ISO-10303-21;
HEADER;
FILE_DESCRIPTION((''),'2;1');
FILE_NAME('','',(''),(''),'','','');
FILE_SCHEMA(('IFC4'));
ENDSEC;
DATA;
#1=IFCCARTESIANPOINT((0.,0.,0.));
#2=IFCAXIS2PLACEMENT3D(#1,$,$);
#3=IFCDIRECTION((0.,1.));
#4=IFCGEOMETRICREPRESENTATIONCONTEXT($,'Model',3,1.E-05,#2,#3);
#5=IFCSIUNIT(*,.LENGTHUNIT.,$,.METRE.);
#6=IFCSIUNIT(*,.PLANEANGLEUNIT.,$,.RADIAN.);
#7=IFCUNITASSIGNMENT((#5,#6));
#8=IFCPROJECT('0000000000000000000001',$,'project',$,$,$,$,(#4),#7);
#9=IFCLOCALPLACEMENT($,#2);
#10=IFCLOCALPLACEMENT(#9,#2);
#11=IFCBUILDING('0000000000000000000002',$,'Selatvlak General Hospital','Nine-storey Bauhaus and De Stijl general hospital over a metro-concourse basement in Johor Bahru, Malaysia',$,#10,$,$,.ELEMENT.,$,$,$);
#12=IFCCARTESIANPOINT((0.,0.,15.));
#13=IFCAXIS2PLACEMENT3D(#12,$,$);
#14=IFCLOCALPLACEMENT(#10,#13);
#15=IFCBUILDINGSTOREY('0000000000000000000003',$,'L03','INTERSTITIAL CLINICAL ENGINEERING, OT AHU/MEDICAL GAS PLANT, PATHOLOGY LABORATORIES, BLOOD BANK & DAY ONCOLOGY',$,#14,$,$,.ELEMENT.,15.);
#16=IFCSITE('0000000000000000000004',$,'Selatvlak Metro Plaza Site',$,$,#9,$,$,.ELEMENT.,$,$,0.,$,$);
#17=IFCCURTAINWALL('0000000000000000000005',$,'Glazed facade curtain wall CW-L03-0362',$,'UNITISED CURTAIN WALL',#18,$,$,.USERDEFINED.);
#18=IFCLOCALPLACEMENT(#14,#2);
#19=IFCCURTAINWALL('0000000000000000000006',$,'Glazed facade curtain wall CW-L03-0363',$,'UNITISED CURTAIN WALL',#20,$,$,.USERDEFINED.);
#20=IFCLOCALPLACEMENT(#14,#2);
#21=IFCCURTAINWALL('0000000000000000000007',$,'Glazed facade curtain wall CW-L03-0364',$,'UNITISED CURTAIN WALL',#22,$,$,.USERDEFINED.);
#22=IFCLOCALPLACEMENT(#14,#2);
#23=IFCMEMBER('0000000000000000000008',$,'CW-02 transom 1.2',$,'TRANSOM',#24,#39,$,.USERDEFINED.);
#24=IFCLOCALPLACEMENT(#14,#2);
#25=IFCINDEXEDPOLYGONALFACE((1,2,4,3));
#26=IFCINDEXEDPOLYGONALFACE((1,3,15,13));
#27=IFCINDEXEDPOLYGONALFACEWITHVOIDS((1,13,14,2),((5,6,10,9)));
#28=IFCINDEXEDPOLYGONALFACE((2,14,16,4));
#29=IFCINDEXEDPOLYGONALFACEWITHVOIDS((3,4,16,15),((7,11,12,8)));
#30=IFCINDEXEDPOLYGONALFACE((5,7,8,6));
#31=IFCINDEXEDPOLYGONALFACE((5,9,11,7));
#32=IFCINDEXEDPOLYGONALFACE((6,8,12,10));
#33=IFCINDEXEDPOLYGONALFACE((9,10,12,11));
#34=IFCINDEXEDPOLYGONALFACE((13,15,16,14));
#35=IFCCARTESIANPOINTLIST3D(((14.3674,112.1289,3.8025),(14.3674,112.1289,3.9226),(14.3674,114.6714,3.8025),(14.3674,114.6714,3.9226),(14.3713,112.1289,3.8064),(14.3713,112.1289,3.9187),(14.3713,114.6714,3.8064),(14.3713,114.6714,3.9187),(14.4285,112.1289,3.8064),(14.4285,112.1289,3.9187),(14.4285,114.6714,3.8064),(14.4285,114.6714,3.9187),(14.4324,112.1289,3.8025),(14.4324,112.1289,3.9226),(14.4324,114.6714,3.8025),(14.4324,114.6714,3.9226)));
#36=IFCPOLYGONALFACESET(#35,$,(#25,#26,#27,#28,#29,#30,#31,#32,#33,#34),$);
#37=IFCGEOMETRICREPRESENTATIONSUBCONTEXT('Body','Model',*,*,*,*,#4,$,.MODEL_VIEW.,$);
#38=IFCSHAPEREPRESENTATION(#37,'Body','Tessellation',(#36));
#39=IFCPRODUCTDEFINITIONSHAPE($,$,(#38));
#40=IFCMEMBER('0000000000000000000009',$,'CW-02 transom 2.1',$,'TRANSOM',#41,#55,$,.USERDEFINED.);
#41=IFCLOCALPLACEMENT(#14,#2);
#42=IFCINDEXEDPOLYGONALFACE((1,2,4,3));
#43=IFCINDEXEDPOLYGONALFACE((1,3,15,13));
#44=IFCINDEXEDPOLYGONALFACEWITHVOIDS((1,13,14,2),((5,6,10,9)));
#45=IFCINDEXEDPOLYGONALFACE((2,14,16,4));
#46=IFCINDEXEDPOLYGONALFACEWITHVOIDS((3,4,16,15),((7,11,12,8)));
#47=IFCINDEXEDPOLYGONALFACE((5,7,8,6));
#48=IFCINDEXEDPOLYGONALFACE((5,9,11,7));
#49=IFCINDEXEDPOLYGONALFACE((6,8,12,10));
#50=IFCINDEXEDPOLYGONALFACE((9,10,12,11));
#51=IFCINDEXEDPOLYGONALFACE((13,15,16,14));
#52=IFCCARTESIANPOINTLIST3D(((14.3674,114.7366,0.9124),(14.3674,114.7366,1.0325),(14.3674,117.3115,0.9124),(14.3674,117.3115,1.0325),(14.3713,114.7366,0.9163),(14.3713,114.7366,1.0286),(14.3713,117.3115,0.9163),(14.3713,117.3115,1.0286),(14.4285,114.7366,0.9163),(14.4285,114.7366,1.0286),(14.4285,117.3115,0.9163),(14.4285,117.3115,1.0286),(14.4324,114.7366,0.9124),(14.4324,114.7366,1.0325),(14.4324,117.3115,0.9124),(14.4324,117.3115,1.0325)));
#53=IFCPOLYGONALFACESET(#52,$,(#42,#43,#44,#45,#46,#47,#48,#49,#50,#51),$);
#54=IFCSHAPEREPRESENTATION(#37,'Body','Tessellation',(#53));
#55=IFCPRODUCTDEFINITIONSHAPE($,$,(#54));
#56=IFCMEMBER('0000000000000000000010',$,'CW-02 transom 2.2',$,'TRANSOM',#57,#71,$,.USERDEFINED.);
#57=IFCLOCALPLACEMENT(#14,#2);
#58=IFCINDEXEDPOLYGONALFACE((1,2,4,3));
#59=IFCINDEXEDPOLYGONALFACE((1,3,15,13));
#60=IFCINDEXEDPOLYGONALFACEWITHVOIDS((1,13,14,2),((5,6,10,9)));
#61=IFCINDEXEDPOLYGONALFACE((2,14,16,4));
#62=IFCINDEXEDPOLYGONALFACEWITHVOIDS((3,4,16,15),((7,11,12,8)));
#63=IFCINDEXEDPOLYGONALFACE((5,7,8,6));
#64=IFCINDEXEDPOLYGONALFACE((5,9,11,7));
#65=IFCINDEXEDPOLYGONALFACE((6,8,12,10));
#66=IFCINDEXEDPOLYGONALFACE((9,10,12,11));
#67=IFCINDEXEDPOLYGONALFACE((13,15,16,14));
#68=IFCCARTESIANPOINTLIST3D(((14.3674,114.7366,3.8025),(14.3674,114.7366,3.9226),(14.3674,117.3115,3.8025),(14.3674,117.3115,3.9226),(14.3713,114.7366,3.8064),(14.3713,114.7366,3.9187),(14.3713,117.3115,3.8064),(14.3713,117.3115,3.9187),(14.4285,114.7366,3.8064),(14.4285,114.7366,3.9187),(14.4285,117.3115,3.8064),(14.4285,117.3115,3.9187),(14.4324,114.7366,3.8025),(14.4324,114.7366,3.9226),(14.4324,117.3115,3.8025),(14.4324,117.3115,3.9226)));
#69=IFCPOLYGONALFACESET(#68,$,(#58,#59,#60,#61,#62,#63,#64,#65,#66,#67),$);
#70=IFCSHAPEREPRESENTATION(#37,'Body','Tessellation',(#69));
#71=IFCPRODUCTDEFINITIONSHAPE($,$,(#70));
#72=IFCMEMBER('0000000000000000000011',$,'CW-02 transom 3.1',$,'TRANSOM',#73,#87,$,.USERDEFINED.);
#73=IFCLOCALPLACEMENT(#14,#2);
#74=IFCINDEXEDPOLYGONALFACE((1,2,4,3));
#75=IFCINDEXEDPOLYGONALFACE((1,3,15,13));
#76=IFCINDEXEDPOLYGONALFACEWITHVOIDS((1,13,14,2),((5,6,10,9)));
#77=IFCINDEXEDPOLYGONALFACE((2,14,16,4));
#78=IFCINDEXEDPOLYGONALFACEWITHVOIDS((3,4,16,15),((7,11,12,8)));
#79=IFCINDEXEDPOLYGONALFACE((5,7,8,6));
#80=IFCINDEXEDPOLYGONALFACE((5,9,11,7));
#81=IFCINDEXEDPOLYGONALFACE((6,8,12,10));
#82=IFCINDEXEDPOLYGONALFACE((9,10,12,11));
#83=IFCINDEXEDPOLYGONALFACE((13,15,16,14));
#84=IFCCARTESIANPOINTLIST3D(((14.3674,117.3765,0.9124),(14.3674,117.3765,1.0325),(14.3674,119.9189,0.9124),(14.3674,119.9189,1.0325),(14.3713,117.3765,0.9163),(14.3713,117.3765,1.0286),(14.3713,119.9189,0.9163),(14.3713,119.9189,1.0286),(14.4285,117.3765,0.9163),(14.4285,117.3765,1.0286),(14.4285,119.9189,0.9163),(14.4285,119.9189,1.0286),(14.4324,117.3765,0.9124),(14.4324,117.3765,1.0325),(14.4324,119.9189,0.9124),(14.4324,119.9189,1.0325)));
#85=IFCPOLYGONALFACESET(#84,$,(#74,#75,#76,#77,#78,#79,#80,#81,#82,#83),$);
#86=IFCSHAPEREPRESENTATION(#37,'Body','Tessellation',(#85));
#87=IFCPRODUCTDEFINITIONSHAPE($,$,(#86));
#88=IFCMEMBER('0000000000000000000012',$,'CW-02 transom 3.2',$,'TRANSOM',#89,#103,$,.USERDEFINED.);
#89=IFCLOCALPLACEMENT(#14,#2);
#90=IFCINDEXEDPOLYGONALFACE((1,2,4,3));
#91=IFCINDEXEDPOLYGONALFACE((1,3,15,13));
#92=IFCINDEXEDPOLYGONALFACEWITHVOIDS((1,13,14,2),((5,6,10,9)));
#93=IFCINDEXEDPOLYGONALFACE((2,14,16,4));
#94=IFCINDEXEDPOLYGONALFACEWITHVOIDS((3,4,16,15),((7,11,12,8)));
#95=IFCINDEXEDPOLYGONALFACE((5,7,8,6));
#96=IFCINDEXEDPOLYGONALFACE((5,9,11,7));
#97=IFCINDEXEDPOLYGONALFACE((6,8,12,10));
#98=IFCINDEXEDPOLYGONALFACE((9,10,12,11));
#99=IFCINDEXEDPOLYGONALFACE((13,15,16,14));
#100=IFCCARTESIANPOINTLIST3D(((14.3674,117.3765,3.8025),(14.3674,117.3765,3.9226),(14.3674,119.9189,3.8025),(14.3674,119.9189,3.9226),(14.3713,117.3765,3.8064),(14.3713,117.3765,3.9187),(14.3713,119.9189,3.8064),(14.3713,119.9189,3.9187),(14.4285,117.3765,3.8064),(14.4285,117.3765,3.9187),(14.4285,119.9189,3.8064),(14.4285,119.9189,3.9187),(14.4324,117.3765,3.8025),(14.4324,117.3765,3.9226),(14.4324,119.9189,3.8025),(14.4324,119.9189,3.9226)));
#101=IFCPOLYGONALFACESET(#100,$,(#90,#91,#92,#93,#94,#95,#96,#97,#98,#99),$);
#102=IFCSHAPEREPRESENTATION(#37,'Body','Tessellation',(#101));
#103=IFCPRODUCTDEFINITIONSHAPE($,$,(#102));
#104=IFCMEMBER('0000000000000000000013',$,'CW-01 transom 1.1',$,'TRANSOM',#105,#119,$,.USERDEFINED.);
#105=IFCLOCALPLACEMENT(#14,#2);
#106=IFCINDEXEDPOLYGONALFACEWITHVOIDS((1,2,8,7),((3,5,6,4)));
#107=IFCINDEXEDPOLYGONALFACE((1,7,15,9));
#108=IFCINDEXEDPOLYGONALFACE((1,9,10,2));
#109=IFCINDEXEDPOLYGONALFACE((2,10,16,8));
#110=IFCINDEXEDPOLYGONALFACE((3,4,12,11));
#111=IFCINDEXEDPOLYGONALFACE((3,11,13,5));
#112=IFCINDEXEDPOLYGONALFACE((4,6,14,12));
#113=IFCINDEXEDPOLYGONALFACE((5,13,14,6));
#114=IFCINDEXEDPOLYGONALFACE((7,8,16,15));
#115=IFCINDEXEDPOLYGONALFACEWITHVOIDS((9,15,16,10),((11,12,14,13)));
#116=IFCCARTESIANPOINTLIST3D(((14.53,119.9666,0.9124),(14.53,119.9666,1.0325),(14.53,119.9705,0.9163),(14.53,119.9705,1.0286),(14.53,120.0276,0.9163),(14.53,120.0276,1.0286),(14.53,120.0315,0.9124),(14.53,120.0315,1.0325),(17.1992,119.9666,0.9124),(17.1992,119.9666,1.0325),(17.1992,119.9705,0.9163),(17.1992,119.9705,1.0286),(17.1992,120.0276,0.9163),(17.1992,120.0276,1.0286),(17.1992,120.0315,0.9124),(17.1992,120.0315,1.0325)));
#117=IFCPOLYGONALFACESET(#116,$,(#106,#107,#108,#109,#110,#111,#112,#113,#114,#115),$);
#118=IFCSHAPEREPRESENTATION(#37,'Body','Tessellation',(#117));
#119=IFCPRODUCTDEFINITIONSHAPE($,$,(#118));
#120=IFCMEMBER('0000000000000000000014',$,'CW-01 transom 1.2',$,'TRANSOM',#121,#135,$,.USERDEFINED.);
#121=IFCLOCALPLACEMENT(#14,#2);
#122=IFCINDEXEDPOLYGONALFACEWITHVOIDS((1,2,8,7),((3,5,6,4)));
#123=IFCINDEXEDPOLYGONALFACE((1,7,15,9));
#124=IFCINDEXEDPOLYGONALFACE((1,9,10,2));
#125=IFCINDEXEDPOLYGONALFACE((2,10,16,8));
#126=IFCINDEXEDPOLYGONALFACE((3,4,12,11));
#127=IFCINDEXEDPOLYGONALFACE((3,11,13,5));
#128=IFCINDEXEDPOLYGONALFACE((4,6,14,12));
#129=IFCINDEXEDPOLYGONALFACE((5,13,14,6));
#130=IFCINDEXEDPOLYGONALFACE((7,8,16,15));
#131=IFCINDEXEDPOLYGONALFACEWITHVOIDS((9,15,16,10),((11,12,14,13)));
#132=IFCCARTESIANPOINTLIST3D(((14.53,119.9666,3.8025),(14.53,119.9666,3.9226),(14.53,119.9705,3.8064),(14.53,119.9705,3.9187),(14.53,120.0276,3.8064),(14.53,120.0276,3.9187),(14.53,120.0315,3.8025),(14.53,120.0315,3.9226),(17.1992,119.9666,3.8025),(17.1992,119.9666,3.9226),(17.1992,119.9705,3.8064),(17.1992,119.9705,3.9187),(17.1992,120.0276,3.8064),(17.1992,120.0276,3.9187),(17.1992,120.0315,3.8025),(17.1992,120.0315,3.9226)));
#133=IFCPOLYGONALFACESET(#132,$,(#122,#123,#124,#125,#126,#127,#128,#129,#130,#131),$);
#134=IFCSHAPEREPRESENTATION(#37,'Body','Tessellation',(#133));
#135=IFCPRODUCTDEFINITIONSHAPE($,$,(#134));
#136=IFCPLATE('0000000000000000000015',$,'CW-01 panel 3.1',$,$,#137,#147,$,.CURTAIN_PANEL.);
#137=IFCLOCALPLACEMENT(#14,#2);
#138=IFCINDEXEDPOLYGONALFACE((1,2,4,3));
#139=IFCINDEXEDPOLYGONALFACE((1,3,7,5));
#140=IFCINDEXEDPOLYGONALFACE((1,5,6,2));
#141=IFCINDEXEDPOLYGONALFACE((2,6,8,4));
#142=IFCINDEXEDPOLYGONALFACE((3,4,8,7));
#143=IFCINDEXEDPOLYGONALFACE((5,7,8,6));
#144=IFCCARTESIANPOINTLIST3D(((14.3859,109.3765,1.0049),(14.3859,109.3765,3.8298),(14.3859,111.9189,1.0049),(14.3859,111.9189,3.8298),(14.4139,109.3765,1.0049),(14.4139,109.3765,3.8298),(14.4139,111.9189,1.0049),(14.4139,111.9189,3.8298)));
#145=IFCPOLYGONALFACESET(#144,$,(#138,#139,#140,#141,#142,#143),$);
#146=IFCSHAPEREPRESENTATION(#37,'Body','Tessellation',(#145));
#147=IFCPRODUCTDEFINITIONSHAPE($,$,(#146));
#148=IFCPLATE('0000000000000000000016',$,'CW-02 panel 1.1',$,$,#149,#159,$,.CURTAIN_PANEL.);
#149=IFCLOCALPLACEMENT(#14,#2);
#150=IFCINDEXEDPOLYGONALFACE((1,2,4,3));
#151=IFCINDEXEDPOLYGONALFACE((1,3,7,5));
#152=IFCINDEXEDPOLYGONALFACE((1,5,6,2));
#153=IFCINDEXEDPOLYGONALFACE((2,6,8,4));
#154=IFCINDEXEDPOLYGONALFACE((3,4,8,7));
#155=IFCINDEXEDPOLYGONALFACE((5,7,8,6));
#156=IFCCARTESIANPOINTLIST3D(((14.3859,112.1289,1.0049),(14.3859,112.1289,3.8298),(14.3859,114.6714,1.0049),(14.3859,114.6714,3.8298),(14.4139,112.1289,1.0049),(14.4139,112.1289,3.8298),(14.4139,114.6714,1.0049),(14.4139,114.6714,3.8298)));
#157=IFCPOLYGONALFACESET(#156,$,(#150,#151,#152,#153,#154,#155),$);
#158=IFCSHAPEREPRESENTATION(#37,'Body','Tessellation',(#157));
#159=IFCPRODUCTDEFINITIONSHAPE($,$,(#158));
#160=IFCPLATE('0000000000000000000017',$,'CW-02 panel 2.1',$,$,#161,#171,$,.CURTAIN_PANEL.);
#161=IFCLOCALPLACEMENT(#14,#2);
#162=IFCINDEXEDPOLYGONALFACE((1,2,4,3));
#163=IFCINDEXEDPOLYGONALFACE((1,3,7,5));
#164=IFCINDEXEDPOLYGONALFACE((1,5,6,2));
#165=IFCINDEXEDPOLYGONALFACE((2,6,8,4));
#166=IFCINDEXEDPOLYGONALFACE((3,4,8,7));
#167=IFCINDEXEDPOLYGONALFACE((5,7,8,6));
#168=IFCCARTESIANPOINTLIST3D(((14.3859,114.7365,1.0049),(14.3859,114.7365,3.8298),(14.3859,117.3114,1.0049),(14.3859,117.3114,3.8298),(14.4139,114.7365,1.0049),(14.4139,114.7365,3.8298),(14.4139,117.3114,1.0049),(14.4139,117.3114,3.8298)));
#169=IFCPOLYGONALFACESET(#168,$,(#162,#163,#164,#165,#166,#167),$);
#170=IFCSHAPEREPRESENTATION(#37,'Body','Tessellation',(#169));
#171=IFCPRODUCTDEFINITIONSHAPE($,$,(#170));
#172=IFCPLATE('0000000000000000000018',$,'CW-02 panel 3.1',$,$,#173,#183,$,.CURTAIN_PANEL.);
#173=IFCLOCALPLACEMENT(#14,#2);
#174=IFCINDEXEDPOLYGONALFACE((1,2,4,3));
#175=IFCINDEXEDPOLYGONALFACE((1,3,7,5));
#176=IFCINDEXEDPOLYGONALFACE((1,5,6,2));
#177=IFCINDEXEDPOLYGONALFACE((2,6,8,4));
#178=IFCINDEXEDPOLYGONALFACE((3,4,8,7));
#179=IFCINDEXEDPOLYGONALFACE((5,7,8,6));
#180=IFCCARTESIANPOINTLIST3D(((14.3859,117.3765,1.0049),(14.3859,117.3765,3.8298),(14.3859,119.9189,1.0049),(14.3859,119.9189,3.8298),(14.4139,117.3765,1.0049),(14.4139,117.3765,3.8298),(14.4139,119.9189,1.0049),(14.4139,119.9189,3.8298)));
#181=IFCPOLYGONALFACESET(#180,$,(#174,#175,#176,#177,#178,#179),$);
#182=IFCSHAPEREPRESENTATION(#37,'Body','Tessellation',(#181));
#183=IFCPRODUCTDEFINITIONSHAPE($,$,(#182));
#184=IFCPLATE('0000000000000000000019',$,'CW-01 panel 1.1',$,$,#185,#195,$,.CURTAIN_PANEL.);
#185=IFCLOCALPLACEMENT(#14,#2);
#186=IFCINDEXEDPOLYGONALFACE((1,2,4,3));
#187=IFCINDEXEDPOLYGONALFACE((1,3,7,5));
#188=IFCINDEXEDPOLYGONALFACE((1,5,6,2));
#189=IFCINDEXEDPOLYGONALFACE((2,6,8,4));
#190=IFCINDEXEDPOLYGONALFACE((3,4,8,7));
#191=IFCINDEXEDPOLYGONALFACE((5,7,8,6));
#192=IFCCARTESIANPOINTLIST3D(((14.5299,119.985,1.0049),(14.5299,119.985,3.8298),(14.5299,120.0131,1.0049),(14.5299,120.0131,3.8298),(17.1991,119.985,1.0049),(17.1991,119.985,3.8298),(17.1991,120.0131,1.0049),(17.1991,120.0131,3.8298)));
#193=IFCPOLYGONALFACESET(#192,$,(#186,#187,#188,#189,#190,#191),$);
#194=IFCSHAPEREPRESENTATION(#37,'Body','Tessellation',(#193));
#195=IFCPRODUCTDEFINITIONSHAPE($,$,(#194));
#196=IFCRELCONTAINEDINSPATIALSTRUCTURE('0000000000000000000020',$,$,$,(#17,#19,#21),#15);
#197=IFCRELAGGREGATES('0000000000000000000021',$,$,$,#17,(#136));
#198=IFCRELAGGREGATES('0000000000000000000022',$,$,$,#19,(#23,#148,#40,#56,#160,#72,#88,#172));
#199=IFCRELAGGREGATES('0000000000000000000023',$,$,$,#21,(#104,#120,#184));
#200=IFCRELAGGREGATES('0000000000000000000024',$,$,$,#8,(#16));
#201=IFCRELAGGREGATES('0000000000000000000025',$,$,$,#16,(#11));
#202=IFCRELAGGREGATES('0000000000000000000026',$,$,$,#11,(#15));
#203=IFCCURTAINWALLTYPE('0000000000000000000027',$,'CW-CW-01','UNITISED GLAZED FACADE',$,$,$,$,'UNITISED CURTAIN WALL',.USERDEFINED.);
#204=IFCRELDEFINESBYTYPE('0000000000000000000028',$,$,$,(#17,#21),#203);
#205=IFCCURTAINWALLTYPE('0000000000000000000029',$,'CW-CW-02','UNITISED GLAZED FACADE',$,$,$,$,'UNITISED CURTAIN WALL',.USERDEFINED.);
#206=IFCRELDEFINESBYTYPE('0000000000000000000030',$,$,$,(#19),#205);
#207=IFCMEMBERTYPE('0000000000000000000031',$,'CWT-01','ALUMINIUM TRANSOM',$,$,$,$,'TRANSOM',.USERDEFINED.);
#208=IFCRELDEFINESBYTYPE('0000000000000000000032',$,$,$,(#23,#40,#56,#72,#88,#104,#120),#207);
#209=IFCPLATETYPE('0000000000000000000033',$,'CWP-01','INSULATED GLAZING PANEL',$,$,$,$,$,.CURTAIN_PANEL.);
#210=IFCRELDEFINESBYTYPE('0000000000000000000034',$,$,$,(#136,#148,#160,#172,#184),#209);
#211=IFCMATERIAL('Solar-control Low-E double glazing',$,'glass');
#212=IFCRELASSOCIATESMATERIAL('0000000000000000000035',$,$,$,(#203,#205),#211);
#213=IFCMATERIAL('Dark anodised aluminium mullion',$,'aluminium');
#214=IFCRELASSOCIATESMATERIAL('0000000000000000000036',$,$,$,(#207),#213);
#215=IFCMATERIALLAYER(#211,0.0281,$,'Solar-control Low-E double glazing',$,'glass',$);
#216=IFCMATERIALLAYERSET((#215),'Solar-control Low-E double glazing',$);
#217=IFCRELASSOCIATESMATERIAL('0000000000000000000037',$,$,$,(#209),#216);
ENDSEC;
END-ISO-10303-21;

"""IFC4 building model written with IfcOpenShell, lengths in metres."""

from ifc_helpers import new_model, si_unit, direction, frame, origin, origin_2d, place, context, subcontext, project, spatial, rectangle, hollow_rectangle, extrude, material, layer, layer_set, material_profile, profile_set, type_object, element, aggregate, save


model = new_model("IFC4")

# Units and contexts
model_context = context("Model", 3, precision=1e-05, world=origin(), true_north=direction((0.0, 1.0)))
body_context = subcontext(model_context, "Body", "Model", "MODEL_VIEW")
ifc_project = project(units=[si_unit("LENGTHUNIT", "METRE"), si_unit("PLANEANGLEUNIT", "RADIAN")], contexts=[model_context])

# Site, building, storey
site_placement = place(None, origin())
site = spatial("IfcSite", under=ifc_project, at=site_placement, Name="Selatvlak Metro Plaza Site", CompositionType="ELEMENT", RefElevation=0.0)
building_placement = place(site_placement, origin())
building = spatial("IfcBuilding", under=site, at=building_placement, Name="Selatvlak General Hospital", Description="Nine-storey Bauhaus and De Stijl general hospital over a metro-concourse basement in Johor Bahru, Malaysia", CompositionType="ELEMENT")
storey_placement = place(building_placement, frame((0.0, 0.0, 15.0)))
storey = spatial("IfcBuildingStorey", under=building, at=storey_placement, Name="L03", Description="INTERSTITIAL CLINICAL ENGINEERING, OT AHU/MEDICAL GAS PLANT, PATHOLOGY LABORATORIES, BLOOD BANK & DAY ONCOLOGY", CompositionType="ELEMENT", Elevation=15.0)

# Curtain walls
ifc_material_1 = material(Name="Solar-control Low-E double glazing", Category="glass")
curtain_wall_type_1 = type_object("IfcCurtainWallType", Name="CW-CW-01", Description="UNITISED GLAZED FACADE", ElementType="UNITISED CURTAIN WALL", PredefinedType="USERDEFINED", material=ifc_material_1)
curtain_wall_1_placement = place(storey_placement, origin())
curtain_wall_1 = element("IfcCurtainWall", 1, at=curtain_wall_1_placement, inside=storey, type_object=curtain_wall_type_1, Name="Glazed facade curtain wall CW-L03-0362", ObjectType="UNITISED CURTAIN WALL", PredefinedType="USERDEFINED")
ifc_material_2 = material(Name="Dark anodised aluminium mullion", Category="aluminium")
curtain_wall_type_2 = type_object("IfcCurtainWallType", Name="CW-CW-02", Description="UNITISED GLAZED FACADE", ElementType="UNITISED CURTAIN WALL", PredefinedType="USERDEFINED", material=ifc_material_1)
curtain_wall_2_placement = place(storey_placement, origin())
curtain_wall_2 = element("IfcCurtainWall", 2, at=curtain_wall_2_placement, inside=storey, type_object=curtain_wall_type_2, Name="Glazed facade curtain wall CW-L03-0363", ObjectType="UNITISED CURTAIN WALL", PredefinedType="USERDEFINED")
curtain_wall_3_placement = place(storey_placement, origin())
curtain_wall_3 = element("IfcCurtainWall", 3, at=curtain_wall_3_placement, inside=storey, type_object=curtain_wall_type_1, Name="Glazed facade curtain wall CW-L03-0364", ObjectType="UNITISED CURTAIN WALL", PredefinedType="USERDEFINED")

# Members
ifc_material_profile_1 = material_profile(ifc_material_2, hollow_rectangle(XDim=0.0649, YDim=0.1201, WallThickness=0.0039, at=origin_2d()), Name="AL-TRN 65x120x4")
ifc_profile_set_1 = profile_set([ifc_material_profile_1], Name="Dark anodised aluminium mullion")
member_type_1 = type_object("IfcMemberType", Name="CWT-01", Description="ALUMINIUM TRANSOM", ElementType="TRANSOM", PredefinedType="USERDEFINED", material=ifc_profile_set_1)
member_1_placement = place(storey_placement, frame((14.3999, 112.1289, 3.8625), z_axis=(0.0, 1.0, 0.0), x_axis=(-1.0, 0.0, 0.0)))
member_1 = element("IfcMember", 4, at=member_1_placement, type_object=member_type_1, Name="CW-02 transom 1.2", ObjectType="TRANSOM", PredefinedType="USERDEFINED", context=body_context, shape_type="SweptSolid", body=[
    extrude(hollow_rectangle(XDim=0.0649, YDim=0.1201, WallThickness=0.0039, at=origin_2d()), origin(), (0.0, 0.0, 1.0), 2.5425),
])
member_2_placement = place(storey_placement, frame((14.3999, 114.7366, 0.9724), z_axis=(0.0, 1.0, 0.0), x_axis=(-1.0, 0.0, 0.0)))
member_2 = element("IfcMember", 5, at=member_2_placement, type_object=member_type_1, Name="CW-02 transom 2.1", ObjectType="TRANSOM", PredefinedType="USERDEFINED", context=body_context, shape_type="SweptSolid", body=[
    extrude(hollow_rectangle(XDim=0.0649, YDim=0.1201, WallThickness=0.0039, at=origin_2d()), origin(), (0.0, 0.0, 1.0), 2.575),
])
member_3_placement = place(storey_placement, frame((14.3999, 114.7366, 3.8625), z_axis=(0.0, 1.0, 0.0), x_axis=(-1.0, 0.0, 0.0)))
member_3 = element("IfcMember", 6, at=member_3_placement, type_object=member_type_1, Name="CW-02 transom 2.2", ObjectType="TRANSOM", PredefinedType="USERDEFINED", context=body_context, shape_type="SweptSolid", body=[
    extrude(hollow_rectangle(XDim=0.0649, YDim=0.1201, WallThickness=0.0039, at=origin_2d()), origin(), (0.0, 0.0, 1.0), 2.575),
])
member_4_placement = place(storey_placement, frame((14.3999, 117.3765, 0.9724), z_axis=(0.0, 1.0, 0.0), x_axis=(-1.0, 0.0, 0.0)))
member_4 = element("IfcMember", 7, at=member_4_placement, type_object=member_type_1, Name="CW-02 transom 3.1", ObjectType="TRANSOM", PredefinedType="USERDEFINED", context=body_context, shape_type="SweptSolid", body=[
    extrude(hollow_rectangle(XDim=0.0649, YDim=0.1201, WallThickness=0.0039, at=origin_2d()), origin(), (0.0, 0.0, 1.0), 2.5425),
])
member_5_placement = place(storey_placement, frame((14.3999, 117.3765, 3.8625), z_axis=(0.0, 1.0, 0.0), x_axis=(-1.0, 0.0, 0.0)))
member_5 = element("IfcMember", 8, at=member_5_placement, type_object=member_type_1, Name="CW-02 transom 3.2", ObjectType="TRANSOM", PredefinedType="USERDEFINED", context=body_context, shape_type="SweptSolid", body=[
    extrude(hollow_rectangle(XDim=0.0649, YDim=0.1201, WallThickness=0.0039, at=origin_2d()), origin(), (0.0, 0.0, 1.0), 2.5425),
])
member_6_placement = place(storey_placement, frame((14.53, 119.999, 0.9724), z_axis=(1.0, 0.0, 0.0), x_axis=(0.0, 1.0, 0.0)))
member_6 = element("IfcMember", 9, at=member_6_placement, type_object=member_type_1, Name="CW-01 transom 1.1", ObjectType="TRANSOM", PredefinedType="USERDEFINED", context=body_context, shape_type="SweptSolid", body=[
    extrude(hollow_rectangle(XDim=0.0649, YDim=0.1201, WallThickness=0.0039, at=origin_2d()), origin(), (0.0, 0.0, 1.0), 2.6692),
])
member_7_placement = place(storey_placement, frame((14.53, 119.999, 3.8625), z_axis=(1.0, 0.0, 0.0), x_axis=(0.0, 1.0, 0.0)))
member_7 = element("IfcMember", 10, at=member_7_placement, type_object=member_type_1, Name="CW-01 transom 1.2", ObjectType="TRANSOM", PredefinedType="USERDEFINED", context=body_context, shape_type="SweptSolid", body=[
    extrude(hollow_rectangle(XDim=0.0649, YDim=0.1201, WallThickness=0.0039, at=origin_2d()), origin(), (0.0, 0.0, 1.0), 2.6692),
])

# Plates
ifc_layer_1 = layer(ifc_material_1, 0.0281, Name="Solar-control Low-E double glazing", Category="glass")
ifc_layer_set_1 = layer_set([ifc_layer_1], Name="Solar-control Low-E double glazing")
plate_type = type_object("IfcPlateType", Name="CWP-01", Description="INSULATED GLAZING PANEL", PredefinedType="CURTAIN_PANEL", material=ifc_layer_set_1)
plate_1_placement = place(storey_placement, frame((14.3999, 110.6477, 1.0049), z_axis=(0.0, 0.0, 1.0), x_axis=(0.0, 1.0, 0.0)))
plate_1 = element("IfcPlate", 11, at=plate_1_placement, type_object=plate_type, Name="CW-01 panel 3.1", PredefinedType="CURTAIN_PANEL", context=body_context, shape_type="SweptSolid", body=[
    extrude(rectangle(XDim=2.5425, YDim=0.0281, at=origin_2d()), origin(), (0.0, 0.0, 1.0), 2.825),
])
aggregate(curtain_wall_1, [plate_1])
plate_2_placement = place(storey_placement, frame((14.3999, 113.4001, 1.0049), z_axis=(0.0, 0.0, 1.0), x_axis=(0.0, 1.0, 0.0)))
plate_2 = element("IfcPlate", 12, at=plate_2_placement, type_object=plate_type, Name="CW-02 panel 1.1", PredefinedType="CURTAIN_PANEL", context=body_context, shape_type="SweptSolid", body=[
    extrude(rectangle(XDim=2.5425, YDim=0.0281, at=origin_2d()), origin(), (0.0, 0.0, 1.0), 2.825),
])
plate_3_placement = place(storey_placement, frame((14.3999, 116.0239, 1.0049), z_axis=(0.0, 0.0, 1.0), x_axis=(0.0, 1.0, 0.0)))
plate_3 = element("IfcPlate", 13, at=plate_3_placement, type_object=plate_type, Name="CW-02 panel 2.1", PredefinedType="CURTAIN_PANEL", context=body_context, shape_type="SweptSolid", body=[
    extrude(rectangle(XDim=2.575, YDim=0.0281, at=origin_2d()), origin(), (0.0, 0.0, 1.0), 2.825),
])
plate_4_placement = place(storey_placement, frame((14.3999, 118.6477, 1.0049), z_axis=(0.0, 0.0, 1.0), x_axis=(0.0, 1.0, 0.0)))
plate_4 = element("IfcPlate", 14, at=plate_4_placement, type_object=plate_type, Name="CW-02 panel 3.1", PredefinedType="CURTAIN_PANEL", context=body_context, shape_type="SweptSolid", body=[
    extrude(rectangle(XDim=2.5425, YDim=0.0281, at=origin_2d()), origin(), (0.0, 0.0, 1.0), 2.825),
])
aggregate(curtain_wall_2, [member_1, plate_2, member_2, member_3, plate_3, member_4, member_5, plate_4])
plate_5_placement = place(storey_placement, frame((15.8645, 119.999, 1.0049), z_axis=(0.0, 0.0, 1.0), x_axis=(1.0, 0.0, 0.0)))
plate_5 = element("IfcPlate", 15, at=plate_5_placement, type_object=plate_type, Name="CW-01 panel 1.1", PredefinedType="CURTAIN_PANEL", context=body_context, shape_type="SweptSolid", body=[
    extrude(rectangle(XDim=2.6692, YDim=0.0281, at=origin_2d()), origin(), (0.0, 0.0, 1.0), 2.825),
])
aggregate(curtain_wall_3, [member_6, member_7, plate_5])

save(model, "model.ifc")
